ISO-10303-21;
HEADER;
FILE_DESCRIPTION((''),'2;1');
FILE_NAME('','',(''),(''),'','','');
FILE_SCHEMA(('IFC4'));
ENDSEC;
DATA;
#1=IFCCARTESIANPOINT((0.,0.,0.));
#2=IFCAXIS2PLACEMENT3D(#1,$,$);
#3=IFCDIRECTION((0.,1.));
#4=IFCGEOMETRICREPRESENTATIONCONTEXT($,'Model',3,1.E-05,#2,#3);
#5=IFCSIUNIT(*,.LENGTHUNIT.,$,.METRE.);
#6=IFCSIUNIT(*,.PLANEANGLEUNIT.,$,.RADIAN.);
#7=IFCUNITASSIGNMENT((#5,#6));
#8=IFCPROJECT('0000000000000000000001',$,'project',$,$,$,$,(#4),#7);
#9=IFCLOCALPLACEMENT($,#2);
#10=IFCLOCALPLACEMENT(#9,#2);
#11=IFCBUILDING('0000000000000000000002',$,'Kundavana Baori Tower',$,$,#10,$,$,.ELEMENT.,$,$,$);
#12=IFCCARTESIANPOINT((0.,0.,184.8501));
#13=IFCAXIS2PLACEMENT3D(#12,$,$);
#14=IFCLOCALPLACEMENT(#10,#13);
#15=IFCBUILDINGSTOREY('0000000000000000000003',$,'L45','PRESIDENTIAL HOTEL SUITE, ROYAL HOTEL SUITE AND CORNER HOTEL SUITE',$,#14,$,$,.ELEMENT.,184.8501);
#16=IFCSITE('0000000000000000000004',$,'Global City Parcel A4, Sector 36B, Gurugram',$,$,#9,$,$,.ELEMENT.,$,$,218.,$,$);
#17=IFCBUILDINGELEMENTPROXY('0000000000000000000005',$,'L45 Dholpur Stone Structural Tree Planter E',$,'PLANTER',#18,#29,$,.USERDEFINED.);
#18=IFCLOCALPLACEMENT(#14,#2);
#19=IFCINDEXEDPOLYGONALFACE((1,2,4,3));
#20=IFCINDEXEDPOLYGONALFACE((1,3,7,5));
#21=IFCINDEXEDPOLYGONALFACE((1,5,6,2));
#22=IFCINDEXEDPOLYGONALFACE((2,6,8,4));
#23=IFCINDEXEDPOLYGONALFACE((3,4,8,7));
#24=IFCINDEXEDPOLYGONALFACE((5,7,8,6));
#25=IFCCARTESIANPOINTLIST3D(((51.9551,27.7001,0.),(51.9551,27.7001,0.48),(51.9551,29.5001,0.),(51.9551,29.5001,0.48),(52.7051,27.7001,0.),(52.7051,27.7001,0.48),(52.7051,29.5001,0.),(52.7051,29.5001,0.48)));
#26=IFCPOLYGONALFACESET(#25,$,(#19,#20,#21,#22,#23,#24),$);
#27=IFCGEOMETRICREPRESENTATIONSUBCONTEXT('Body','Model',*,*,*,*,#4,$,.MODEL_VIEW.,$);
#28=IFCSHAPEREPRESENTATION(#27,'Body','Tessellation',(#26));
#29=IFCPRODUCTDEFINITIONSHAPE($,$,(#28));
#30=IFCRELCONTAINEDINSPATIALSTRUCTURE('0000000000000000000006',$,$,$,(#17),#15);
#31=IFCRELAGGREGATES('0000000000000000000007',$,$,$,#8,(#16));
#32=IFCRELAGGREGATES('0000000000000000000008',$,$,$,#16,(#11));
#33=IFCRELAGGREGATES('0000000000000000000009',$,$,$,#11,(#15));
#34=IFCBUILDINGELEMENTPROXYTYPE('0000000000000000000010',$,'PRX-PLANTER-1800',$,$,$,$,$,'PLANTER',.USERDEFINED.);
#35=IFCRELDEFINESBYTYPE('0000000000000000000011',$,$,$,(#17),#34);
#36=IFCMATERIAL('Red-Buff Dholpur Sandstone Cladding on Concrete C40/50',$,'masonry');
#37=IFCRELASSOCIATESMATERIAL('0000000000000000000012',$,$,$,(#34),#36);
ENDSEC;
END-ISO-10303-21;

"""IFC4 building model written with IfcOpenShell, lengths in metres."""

from ifc_helpers import new_model, si_unit, direction, frame, origin, origin_2d, place, context, subcontext, project, spatial, rectangle, extrude, material, type_object, element, save


model = new_model("IFC4")

# Units and contexts
model_context = context("Model", 3, precision=1e-05, world=origin(), true_north=direction((0.0, 1.0)))
body_context = subcontext(model_context, "Body", "Model", "MODEL_VIEW")
ifc_project = project(units=[si_unit("LENGTHUNIT", "METRE"), si_unit("PLANEANGLEUNIT", "RADIAN")], contexts=[model_context])

# Site, building, storey
site_placement = place(None, origin())
site = spatial("IfcSite", under=ifc_project, at=site_placement, Name="Global City Parcel A4, Sector 36B, Gurugram", CompositionType="ELEMENT", RefElevation=218.0)
building_placement = place(site_placement, origin())
building = spatial("IfcBuilding", under=site, at=building_placement, Name="Kundavana Baori Tower", CompositionType="ELEMENT")
storey_placement = place(building_placement, frame((0.0, 0.0, 184.8501)))
storey = spatial("IfcBuildingStorey", under=building, at=storey_placement, Name="L45", Description="PRESIDENTIAL HOTEL SUITE, ROYAL HOTEL SUITE AND CORNER HOTEL SUITE", CompositionType="ELEMENT", Elevation=184.8501)

# Building element proxy
ifc_material_1 = material(Name="Red-Buff Dholpur Sandstone Cladding on Concrete C40/50", Category="masonry")
building_element_proxy_type = type_object("IfcBuildingElementProxyType", Name="PRX-PLANTER-1800", ElementType="PLANTER", PredefinedType="USERDEFINED", material=ifc_material_1)
proxy_placement = place(storey_placement, frame((52.3301, 28.6001, 0.0), z_axis=(0.0, 0.0, 1.0), x_axis=(0.0, 1.0, 0.0)))
element("IfcBuildingElementProxy", 1, at=proxy_placement, inside=storey, type_object=building_element_proxy_type, Name="L45 Dholpur Stone Structural Tree Planter E", ObjectType="PLANTER", PredefinedType="USERDEFINED", context=body_context, shape_type="SweptSolid", body=[
    extrude(rectangle(XDim=1.8, YDim=0.75, at=origin_2d()), origin(), (0.0, 0.0, 1.0), 0.48),
])

save(model, "model.ifc")
